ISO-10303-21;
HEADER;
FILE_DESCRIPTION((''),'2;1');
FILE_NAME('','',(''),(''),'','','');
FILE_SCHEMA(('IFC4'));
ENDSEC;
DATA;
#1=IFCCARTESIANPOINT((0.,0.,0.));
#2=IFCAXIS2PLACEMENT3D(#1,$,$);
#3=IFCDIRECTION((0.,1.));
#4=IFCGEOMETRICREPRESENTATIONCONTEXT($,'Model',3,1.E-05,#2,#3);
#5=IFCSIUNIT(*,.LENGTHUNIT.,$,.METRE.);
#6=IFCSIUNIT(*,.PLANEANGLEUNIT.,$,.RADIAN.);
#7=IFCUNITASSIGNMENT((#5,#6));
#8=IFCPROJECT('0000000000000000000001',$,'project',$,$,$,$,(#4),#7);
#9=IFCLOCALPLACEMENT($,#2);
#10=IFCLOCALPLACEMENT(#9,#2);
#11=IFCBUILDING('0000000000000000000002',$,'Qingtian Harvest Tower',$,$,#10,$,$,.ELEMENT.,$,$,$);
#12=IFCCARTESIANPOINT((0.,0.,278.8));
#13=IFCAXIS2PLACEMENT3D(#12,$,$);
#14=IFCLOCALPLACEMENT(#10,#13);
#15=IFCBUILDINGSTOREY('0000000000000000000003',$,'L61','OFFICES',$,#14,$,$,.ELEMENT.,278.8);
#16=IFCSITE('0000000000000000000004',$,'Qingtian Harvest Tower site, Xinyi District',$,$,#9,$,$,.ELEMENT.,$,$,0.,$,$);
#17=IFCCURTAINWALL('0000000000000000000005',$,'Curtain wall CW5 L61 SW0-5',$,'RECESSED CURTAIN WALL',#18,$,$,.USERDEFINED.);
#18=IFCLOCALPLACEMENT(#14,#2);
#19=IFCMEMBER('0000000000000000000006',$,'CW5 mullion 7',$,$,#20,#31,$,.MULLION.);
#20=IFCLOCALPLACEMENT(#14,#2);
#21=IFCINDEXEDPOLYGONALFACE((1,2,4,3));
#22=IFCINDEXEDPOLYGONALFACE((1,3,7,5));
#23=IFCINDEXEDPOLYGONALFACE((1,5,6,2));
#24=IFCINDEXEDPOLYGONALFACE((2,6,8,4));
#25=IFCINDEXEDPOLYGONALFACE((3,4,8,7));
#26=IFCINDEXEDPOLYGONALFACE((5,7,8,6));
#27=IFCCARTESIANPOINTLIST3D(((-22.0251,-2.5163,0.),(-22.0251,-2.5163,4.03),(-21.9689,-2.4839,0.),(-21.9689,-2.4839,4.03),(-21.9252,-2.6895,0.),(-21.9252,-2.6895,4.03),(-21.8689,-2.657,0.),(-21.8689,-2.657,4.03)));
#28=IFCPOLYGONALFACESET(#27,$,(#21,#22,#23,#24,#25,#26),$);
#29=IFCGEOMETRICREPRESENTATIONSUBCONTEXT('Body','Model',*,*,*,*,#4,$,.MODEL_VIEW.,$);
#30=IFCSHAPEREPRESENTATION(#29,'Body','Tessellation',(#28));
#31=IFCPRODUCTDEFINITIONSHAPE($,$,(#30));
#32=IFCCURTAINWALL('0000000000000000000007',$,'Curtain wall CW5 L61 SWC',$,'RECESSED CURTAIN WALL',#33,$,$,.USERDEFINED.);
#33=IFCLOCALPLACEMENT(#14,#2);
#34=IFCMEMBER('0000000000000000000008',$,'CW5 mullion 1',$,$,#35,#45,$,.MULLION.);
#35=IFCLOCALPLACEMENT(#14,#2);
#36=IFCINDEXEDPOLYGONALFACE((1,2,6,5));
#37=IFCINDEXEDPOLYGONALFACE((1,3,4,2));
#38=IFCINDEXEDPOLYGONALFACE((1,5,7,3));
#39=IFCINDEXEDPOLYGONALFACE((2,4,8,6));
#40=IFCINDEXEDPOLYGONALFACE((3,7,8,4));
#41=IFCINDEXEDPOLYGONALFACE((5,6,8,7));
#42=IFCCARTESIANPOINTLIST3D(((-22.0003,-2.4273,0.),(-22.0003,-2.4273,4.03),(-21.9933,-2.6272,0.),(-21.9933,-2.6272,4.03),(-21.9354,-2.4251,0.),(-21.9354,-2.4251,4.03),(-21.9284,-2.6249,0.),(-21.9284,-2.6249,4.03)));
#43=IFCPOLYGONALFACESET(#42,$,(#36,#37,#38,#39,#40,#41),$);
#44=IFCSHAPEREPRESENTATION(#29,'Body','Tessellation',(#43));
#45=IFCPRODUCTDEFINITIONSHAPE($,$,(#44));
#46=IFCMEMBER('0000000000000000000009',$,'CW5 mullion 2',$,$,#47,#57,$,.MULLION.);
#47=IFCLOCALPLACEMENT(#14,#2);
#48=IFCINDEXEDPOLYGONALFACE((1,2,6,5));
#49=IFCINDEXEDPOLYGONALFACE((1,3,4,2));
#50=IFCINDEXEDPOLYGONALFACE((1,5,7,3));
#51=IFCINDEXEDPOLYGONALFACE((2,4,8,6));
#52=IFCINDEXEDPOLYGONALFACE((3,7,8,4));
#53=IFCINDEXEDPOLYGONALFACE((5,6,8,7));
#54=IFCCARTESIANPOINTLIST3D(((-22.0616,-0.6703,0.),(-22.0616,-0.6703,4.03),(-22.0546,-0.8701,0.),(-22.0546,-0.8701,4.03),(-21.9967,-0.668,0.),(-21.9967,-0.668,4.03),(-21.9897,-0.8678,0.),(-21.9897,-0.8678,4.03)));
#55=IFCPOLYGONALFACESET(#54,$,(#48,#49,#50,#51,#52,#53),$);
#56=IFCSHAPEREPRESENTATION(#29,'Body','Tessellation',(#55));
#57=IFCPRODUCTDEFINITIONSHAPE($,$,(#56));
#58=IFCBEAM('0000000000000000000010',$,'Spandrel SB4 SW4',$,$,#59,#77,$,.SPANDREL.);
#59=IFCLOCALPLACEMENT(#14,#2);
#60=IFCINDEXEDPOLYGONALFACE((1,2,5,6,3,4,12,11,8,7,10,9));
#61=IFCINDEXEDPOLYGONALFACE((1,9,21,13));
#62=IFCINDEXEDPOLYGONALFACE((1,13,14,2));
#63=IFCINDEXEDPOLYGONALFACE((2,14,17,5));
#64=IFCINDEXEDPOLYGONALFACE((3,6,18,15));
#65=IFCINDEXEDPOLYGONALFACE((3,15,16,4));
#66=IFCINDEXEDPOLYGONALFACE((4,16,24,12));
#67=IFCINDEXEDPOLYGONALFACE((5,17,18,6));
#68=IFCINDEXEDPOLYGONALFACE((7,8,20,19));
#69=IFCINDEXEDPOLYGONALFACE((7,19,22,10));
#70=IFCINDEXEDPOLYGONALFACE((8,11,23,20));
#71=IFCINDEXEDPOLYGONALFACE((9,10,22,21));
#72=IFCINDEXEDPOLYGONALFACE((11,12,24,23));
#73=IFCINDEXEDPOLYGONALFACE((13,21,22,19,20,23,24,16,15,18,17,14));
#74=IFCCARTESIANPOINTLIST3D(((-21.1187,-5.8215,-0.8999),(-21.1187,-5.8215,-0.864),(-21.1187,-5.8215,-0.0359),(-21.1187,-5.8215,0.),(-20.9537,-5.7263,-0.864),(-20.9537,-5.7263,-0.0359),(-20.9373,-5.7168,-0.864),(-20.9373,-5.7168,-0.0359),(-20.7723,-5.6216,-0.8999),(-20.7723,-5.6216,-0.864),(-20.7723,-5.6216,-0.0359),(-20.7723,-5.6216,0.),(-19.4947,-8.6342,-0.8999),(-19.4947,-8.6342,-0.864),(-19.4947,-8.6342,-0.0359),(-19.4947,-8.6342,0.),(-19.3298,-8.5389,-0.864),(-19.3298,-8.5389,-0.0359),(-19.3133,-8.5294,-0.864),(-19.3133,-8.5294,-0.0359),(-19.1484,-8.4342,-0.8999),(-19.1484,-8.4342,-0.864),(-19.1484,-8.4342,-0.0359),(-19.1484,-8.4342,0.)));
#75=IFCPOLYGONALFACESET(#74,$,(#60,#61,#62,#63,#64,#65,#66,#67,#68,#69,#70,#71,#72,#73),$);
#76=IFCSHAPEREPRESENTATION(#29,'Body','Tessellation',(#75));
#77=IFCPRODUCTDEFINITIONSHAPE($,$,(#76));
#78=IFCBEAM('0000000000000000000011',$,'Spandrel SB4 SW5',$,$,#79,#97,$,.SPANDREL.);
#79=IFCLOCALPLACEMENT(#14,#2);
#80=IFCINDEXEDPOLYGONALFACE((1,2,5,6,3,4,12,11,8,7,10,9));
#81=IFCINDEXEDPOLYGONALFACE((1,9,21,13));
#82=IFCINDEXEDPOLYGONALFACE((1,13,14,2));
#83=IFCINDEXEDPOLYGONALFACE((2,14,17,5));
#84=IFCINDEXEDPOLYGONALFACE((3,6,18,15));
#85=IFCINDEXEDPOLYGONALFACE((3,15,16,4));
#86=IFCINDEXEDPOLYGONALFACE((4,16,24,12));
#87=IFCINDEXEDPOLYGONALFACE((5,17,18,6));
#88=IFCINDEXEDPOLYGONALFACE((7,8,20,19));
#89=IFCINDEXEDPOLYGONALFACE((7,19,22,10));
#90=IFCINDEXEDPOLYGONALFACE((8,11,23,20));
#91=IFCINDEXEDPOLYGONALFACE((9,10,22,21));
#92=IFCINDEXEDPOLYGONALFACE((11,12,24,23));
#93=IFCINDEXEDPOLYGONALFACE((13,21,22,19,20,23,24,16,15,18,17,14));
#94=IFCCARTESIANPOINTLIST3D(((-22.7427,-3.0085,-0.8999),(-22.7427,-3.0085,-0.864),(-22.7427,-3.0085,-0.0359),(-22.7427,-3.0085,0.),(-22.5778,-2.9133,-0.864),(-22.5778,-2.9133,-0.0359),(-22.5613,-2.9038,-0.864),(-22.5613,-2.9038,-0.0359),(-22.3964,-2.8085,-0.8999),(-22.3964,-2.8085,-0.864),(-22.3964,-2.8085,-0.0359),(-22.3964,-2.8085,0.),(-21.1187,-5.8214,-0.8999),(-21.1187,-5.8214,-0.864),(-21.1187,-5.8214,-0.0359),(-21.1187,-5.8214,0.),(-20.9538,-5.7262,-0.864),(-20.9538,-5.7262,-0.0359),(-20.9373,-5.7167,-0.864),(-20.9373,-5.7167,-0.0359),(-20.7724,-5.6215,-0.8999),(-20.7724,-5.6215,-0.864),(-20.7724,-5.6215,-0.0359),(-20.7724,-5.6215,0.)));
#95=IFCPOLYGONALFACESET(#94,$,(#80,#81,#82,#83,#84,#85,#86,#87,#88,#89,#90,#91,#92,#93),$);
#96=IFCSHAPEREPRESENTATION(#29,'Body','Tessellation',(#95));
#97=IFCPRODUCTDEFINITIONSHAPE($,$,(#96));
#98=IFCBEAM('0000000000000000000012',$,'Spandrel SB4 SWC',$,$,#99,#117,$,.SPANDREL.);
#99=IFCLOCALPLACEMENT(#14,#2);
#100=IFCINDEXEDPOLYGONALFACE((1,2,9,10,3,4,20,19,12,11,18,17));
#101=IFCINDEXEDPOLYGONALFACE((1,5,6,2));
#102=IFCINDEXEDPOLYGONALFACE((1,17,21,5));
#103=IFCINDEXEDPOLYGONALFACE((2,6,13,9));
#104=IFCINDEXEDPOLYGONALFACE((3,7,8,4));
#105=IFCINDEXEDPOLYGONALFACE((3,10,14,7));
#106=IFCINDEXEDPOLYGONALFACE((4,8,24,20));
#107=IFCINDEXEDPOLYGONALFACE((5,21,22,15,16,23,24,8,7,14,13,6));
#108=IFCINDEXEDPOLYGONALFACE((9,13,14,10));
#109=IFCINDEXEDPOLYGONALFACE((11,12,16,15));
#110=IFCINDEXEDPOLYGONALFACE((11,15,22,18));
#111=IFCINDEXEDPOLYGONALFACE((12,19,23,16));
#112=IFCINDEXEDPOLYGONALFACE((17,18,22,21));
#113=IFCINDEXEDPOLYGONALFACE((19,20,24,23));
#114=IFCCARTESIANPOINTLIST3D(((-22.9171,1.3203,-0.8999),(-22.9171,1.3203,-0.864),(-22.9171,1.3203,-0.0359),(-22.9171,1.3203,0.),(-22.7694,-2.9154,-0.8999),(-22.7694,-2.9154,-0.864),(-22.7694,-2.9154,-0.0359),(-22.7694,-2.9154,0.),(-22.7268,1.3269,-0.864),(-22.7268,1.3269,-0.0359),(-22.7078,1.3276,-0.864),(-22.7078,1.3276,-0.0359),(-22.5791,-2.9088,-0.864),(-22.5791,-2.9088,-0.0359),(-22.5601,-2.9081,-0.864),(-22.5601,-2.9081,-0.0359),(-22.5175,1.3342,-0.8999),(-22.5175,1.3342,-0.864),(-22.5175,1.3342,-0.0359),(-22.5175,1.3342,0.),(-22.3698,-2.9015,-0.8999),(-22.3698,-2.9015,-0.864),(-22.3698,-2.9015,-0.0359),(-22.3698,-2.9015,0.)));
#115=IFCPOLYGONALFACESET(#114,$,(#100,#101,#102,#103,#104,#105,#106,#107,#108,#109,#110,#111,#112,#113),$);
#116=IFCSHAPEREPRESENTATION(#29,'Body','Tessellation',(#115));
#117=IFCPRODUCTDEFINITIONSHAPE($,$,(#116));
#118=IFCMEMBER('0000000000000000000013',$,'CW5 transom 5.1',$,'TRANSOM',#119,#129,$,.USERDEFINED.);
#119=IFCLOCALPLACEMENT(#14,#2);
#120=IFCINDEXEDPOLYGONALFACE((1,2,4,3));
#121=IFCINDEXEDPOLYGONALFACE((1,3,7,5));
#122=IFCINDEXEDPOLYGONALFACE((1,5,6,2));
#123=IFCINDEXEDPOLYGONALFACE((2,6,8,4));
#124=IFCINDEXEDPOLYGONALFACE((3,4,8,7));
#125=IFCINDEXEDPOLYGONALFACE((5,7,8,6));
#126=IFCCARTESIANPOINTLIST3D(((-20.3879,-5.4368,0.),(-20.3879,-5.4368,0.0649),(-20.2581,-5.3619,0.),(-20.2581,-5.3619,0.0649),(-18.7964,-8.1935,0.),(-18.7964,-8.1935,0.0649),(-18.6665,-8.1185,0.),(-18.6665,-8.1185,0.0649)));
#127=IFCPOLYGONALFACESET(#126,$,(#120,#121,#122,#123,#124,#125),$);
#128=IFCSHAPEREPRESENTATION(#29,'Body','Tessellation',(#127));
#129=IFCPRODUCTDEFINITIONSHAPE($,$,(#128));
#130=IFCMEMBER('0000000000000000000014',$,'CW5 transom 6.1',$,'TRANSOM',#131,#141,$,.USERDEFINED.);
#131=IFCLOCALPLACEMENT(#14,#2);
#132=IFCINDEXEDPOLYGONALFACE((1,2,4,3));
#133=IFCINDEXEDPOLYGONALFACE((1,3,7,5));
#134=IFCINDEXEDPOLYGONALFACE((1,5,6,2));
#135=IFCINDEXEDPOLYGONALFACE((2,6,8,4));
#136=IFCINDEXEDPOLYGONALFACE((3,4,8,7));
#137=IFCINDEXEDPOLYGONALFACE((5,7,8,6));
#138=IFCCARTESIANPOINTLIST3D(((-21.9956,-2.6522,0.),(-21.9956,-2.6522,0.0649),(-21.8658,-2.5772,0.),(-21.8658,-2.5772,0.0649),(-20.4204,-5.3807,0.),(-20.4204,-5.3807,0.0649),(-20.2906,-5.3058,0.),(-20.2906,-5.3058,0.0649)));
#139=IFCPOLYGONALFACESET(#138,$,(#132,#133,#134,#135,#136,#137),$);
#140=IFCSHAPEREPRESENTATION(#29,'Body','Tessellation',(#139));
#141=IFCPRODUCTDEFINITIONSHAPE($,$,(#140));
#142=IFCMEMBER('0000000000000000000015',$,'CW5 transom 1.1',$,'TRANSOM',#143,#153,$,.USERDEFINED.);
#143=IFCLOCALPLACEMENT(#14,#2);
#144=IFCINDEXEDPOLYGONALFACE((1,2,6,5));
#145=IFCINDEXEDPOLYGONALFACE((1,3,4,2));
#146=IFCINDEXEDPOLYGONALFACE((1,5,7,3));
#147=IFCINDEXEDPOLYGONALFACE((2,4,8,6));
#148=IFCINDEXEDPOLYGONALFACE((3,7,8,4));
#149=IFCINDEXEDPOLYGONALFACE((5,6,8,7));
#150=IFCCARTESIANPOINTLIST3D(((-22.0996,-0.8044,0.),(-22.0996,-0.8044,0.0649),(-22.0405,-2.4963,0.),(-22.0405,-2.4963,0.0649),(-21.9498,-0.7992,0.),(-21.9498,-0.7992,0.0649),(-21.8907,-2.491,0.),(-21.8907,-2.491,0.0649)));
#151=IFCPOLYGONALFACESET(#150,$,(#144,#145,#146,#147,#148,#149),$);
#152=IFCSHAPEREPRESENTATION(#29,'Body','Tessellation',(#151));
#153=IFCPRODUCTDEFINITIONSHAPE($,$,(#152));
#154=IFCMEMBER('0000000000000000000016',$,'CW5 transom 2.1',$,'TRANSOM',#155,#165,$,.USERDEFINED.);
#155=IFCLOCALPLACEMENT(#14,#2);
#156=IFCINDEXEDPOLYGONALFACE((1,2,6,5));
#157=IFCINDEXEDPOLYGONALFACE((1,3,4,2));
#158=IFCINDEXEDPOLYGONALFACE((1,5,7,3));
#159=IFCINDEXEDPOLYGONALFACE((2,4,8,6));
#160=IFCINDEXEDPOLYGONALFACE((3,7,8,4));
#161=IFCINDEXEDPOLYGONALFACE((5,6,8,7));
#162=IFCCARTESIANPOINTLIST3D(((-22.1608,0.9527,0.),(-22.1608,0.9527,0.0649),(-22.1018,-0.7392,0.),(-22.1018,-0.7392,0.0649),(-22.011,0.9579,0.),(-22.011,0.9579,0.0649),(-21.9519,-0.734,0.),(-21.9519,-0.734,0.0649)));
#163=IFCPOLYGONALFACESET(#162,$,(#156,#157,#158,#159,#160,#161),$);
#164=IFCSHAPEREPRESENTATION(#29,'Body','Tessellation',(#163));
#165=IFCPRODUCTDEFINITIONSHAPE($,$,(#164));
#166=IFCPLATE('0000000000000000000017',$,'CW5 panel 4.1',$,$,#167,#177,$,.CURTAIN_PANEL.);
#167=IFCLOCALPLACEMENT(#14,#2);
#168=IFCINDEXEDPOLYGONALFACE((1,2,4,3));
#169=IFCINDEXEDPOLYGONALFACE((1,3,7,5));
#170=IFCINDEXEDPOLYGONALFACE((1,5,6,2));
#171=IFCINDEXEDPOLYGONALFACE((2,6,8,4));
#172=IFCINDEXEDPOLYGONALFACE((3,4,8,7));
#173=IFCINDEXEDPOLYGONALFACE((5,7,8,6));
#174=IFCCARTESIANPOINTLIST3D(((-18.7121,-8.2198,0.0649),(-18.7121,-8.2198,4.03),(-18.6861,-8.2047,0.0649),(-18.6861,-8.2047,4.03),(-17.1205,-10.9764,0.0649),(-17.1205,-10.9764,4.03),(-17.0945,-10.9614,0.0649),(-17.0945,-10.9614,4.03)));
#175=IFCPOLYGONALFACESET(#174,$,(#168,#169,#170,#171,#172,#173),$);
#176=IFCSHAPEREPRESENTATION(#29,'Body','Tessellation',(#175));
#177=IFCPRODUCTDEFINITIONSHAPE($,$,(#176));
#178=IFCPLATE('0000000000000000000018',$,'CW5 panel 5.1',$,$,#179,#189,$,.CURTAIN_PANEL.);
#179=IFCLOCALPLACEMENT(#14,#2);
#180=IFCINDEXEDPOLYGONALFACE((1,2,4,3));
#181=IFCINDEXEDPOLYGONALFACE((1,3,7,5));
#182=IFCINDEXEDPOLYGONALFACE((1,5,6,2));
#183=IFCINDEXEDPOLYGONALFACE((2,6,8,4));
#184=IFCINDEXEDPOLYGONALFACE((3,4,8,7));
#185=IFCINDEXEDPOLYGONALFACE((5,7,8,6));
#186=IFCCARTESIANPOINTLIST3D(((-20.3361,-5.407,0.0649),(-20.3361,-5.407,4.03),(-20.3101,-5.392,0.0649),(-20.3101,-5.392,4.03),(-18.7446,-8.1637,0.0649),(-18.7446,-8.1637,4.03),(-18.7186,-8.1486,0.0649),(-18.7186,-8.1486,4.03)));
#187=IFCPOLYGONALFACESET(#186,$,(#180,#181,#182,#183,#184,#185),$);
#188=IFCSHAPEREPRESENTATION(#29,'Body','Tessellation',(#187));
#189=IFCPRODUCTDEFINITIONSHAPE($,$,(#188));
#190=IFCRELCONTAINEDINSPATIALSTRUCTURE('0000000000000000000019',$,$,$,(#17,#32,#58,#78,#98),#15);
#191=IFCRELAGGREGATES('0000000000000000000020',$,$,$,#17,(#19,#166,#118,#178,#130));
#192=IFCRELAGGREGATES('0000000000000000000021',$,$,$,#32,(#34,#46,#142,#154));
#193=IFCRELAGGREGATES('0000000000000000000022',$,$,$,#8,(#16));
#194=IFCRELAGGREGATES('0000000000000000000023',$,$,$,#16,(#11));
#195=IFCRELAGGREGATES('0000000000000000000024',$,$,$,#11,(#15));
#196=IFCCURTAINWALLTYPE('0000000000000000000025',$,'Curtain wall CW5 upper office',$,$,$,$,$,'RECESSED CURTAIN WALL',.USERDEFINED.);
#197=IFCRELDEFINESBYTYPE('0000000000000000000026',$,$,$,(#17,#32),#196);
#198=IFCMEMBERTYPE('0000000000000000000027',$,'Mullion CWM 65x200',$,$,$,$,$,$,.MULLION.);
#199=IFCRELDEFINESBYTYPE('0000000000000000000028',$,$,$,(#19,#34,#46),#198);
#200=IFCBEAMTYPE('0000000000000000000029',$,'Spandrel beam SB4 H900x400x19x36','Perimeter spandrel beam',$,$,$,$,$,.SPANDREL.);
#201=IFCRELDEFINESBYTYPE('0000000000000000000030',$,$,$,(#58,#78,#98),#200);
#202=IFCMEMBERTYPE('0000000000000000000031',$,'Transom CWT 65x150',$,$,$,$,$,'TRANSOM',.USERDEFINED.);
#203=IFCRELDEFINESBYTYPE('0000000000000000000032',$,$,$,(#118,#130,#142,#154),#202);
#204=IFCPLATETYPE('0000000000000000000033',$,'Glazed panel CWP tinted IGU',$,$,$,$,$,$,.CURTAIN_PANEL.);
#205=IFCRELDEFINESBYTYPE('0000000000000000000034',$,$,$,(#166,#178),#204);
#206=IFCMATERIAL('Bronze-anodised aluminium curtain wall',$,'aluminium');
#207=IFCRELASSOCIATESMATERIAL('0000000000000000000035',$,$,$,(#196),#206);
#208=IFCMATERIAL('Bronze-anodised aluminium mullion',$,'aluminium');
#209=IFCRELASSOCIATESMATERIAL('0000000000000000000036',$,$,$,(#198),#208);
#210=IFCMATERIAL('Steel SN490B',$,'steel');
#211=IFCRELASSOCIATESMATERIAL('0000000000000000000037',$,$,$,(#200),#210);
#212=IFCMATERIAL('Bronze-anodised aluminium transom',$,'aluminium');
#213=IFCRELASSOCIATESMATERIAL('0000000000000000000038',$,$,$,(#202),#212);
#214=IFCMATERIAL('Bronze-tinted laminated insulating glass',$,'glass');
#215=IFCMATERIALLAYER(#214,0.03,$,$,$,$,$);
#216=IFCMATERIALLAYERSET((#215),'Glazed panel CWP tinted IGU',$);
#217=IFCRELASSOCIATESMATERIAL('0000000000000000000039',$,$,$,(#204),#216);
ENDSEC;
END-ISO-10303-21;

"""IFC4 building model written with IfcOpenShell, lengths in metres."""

from ifc_helpers import new_model, si_unit, direction, frame, origin, origin_2d, place, context, subcontext, project, spatial, rectangle, i_section, extrude, material, layer, layer_set, material_profile, profile_set, type_object, element, aggregate, save


model = new_model("IFC4")

# Units and contexts
model_context = context("Model", 3, precision=1e-05, world=origin(), true_north=direction((0.0, 1.0)))
body_context = subcontext(model_context, "Body", "Model", "MODEL_VIEW")
ifc_project = project(units=[si_unit("LENGTHUNIT", "METRE"), si_unit("PLANEANGLEUNIT", "RADIAN")], contexts=[model_context])

# Site, building, storey
site_placement = place(None, origin())
site = spatial("IfcSite", under=ifc_project, at=site_placement, Name="Qingtian Harvest Tower site, Xinyi District", CompositionType="ELEMENT", RefElevation=0.0)
building_placement = place(site_placement, origin())
building = spatial("IfcBuilding", under=site, at=building_placement, Name="Qingtian Harvest Tower", CompositionType="ELEMENT")
storey_placement = place(building_placement, frame((0.0, 0.0, 278.8)))
storey = spatial("IfcBuildingStorey", under=building, at=storey_placement, Name="L61", Description="OFFICES", CompositionType="ELEMENT", Elevation=278.8)

# Curtain walls, members
ifc_material_1 = material(Name="Bronze-anodised aluminium curtain wall", Category="aluminium")
curtain_wall_type = type_object("IfcCurtainWallType", Name="Curtain wall CW5 upper office", ElementType="RECESSED CURTAIN WALL", PredefinedType="USERDEFINED", material=ifc_material_1)
curtain_wall_1_placement = place(storey_placement, origin())
curtain_wall_1 = element("IfcCurtainWall", 1, at=curtain_wall_1_placement, inside=storey, type_object=curtain_wall_type, Name="Curtain wall CW5 L61 SW0-5", ObjectType="RECESSED CURTAIN WALL", PredefinedType="USERDEFINED")
ifc_material_2 = material(Name="Bronze-anodised aluminium mullion", Category="aluminium")
ifc_material_profile_1 = material_profile(ifc_material_2, rectangle(XDim=0.0649, YDim=0.2, at=origin_2d()), Name="AL 65x200")
ifc_profile_set_1 = profile_set([ifc_material_profile_1], Name="Bronze-anodised aluminium mullion")
member_type_1 = type_object("IfcMemberType", Name="Mullion CWM 65x200", PredefinedType="MULLION", material=ifc_profile_set_1)
member_1_placement = place(storey_placement, frame((-21.947, -2.5867, 0.0), z_axis=(0.0, 0.0, 1.0), x_axis=(-0.866025, -0.5, 0.0)))
member_1 = element("IfcMember", 2, at=member_1_placement, type_object=member_type_1, Name="CW5 mullion 7", PredefinedType="MULLION", context=body_context, shape_type="SweptSolid", body=[
    extrude(rectangle(XDim=0.0649, YDim=0.2, at=origin_2d()), origin(), (0.0, 0.0, 1.0), 4.03),
])
curtain_wall_2_placement = place(storey_placement, origin())
curtain_wall_2 = element("IfcCurtainWall", 3, at=curtain_wall_2_placement, inside=storey, type_object=curtain_wall_type, Name="Curtain wall CW5 L61 SWC", ObjectType="RECESSED CURTAIN WALL", PredefinedType="USERDEFINED")
member_2_placement = place(storey_placement, frame((-21.9644, -2.5261, 0.0), z_axis=(0.0, 0.0, 1.0), x_axis=(-0.999391, -0.034899, 0.0)))
member_2 = element("IfcMember", 4, at=member_2_placement, type_object=member_type_1, Name="CW5 mullion 1", PredefinedType="MULLION", context=body_context, shape_type="SweptSolid", body=[
    extrude(rectangle(XDim=0.0649, YDim=0.2, at=origin_2d()), origin(), (0.0, 0.0, 1.0), 4.03),
])
member_3_placement = place(storey_placement, frame((-22.0256, -0.769, 0.0), z_axis=(0.0, 0.0, 1.0), x_axis=(-0.999391, -0.034899, 0.0)))
member_3 = element("IfcMember", 5, at=member_3_placement, type_object=member_type_1, Name="CW5 mullion 2", PredefinedType="MULLION", context=body_context, shape_type="SweptSolid", body=[
    extrude(rectangle(XDim=0.0649, YDim=0.2, at=origin_2d()), origin(), (0.0, 0.0, 1.0), 4.03),
])

# Beams
ifc_material_3 = material(Name="Steel SN490B", Category="steel")
ifc_material_profile_2 = material_profile(ifc_material_3, i_section(OverallWidth=0.3999, OverallDepth=0.8999, WebThickness=0.019, FlangeThickness=0.0359, at=origin_2d()), Name="H900x400x19x36")
ifc_profile_set_2 = profile_set([ifc_material_profile_2], Name="Steel SN490B")
beam_type_1 = type_object("IfcBeamType", Name="Spandrel beam SB4 H900x400x19x36", Description="Perimeter spandrel beam", PredefinedType="SPANDREL", material=ifc_profile_set_2)
beam_1_placement = place(storey_placement, frame((-19.3215, -8.5342, -0.45), z_axis=(-0.50002, 0.866014, 0.0), x_axis=(-0.866014, -0.50002, 0.0)))
element("IfcBeam", 6, at=beam_1_placement, inside=storey, type_object=beam_type_1, Name="Spandrel SB4 SW4", PredefinedType="SPANDREL", context=body_context, shape_type="SweptSolid", body=[
    extrude(i_section(OverallWidth=0.3999, OverallDepth=0.8999, WebThickness=0.019, FlangeThickness=0.0359, at=origin_2d()), origin(), (0.0, 0.0, 1.0), 3.2478),
])
beam_2_placement = place(storey_placement, frame((-20.9456, -5.7214, -0.45), z_axis=(-0.499987, 0.866033, 0.0), x_axis=(-0.866033, -0.499987, 0.0)))
element("IfcBeam", 7, at=beam_2_placement, inside=storey, type_object=beam_type_1, Name="Spandrel SB4 SW5", PredefinedType="SPANDREL", context=body_context, shape_type="SweptSolid", body=[
    extrude(i_section(OverallWidth=0.3999, OverallDepth=0.8999, WebThickness=0.019, FlangeThickness=0.0359, at=origin_2d()), origin(), (0.0, 0.0, 1.0), 3.248),
])
beam_3_placement = place(storey_placement, frame((-22.5696, -2.9084, -0.45), z_axis=(-0.034851, 0.999393, 0.0), x_axis=(-0.999393, -0.034851, 0.0)))
element("IfcBeam", 8, at=beam_3_placement, inside=storey, type_object=beam_type_1, Name="Spandrel SB4 SWC", PredefinedType="SPANDREL", context=body_context, shape_type="SweptSolid", body=[
    extrude(i_section(OverallWidth=0.3999, OverallDepth=0.8999, WebThickness=0.019, FlangeThickness=0.0359, at=origin_2d()), origin(), (0.0, 0.0, 1.0), 4.2383),
])

# Members
ifc_material_4 = material(Name="Bronze-anodised aluminium transom", Category="aluminium")
ifc_material_profile_3 = material_profile(ifc_material_4, rectangle(XDim=0.1499, YDim=0.0649, at=origin_2d()), Name="AL 65x150")
ifc_profile_set_3 = profile_set([ifc_material_profile_3], Name="Bronze-anodised aluminium transom")
member_type_2 = type_object("IfcMemberType", Name="Transom CWT 65x150", ElementType="TRANSOM", PredefinedType="USERDEFINED", material=ifc_profile_set_3)
member_4_placement = place(storey_placement, frame((-18.7314, -8.156, 0.0325), z_axis=(-0.500008, 0.866021, 0.0), x_axis=(-0.866021, -0.500008, 0.0)))
member_4 = element("IfcMember", 9, at=member_4_placement, type_object=member_type_2, Name="CW5 transom 5.1", ObjectType="TRANSOM", PredefinedType="USERDEFINED", context=body_context, shape_type="SweptSolid", body=[
    extrude(rectangle(XDim=0.1499, YDim=0.0649, at=origin_2d()), origin(), (0.0, 0.0, 1.0), 3.1831),
])
member_5_placement = place(storey_placement, frame((-20.3555, -5.3433, 0.0325), z_axis=(-0.499973, 0.866041, 0.0), x_axis=(-0.866041, -0.499973, 0.0)))
member_5 = element("IfcMember", 10, at=member_5_placement, type_object=member_type_2, Name="CW5 transom 6.1", ObjectType="TRANSOM", PredefinedType="USERDEFINED", context=body_context, shape_type="SweptSolid", body=[
    extrude(rectangle(XDim=0.1499, YDim=0.0649, at=origin_2d()), origin(), (0.0, 0.0, 1.0), 3.1506),
])
member_6_placement = place(storey_placement, frame((-21.9656, -2.4937, 0.0325), z_axis=(-0.034899, 0.999391, 0.0), x_axis=(-0.999391, -0.034899, 0.0)))
member_6 = element("IfcMember", 11, at=member_6_placement, type_object=member_type_2, Name="CW5 transom 1.1", ObjectType="TRANSOM", PredefinedType="USERDEFINED", context=body_context, shape_type="SweptSolid", body=[
    extrude(rectangle(XDim=0.1499, YDim=0.0649, at=origin_2d()), origin(), (0.0, 0.0, 1.0), 1.6929),
])
member_7_placement = place(storey_placement, frame((-22.0269, -0.7366, 0.0325), z_axis=(-0.034899, 0.999391, 0.0), x_axis=(-0.999391, -0.034899, 0.0)))
member_7 = element("IfcMember", 12, at=member_7_placement, type_object=member_type_2, Name="CW5 transom 2.1", ObjectType="TRANSOM", PredefinedType="USERDEFINED", context=body_context, shape_type="SweptSolid", body=[
    extrude(rectangle(XDim=0.1499, YDim=0.0649, at=origin_2d()), origin(), (0.0, 0.0, 1.0), 1.6929),
])

# Plates
ifc_material_5 = material(Name="Bronze-tinted laminated insulating glass", Category="glass")
ifc_layer_1 = layer(ifc_material_5, 0.03)
ifc_layer_set_1 = layer_set([ifc_layer_1], Name="Glazed panel CWP tinted IGU")
plate_type = type_object("IfcPlateType", Name="Glazed panel CWP tinted IGU", PredefinedType="CURTAIN_PANEL", material=ifc_layer_set_1)
plate_1_placement = place(storey_placement, frame((-17.9033, -9.5906, 0.0649), z_axis=(0.0, 0.0, 1.0), x_axis=(-0.5, 0.866025, 0.0)))
plate_1 = element("IfcPlate", 13, at=plate_1_placement, type_object=plate_type, Name="CW5 panel 4.1", PredefinedType="CURTAIN_PANEL", context=body_context, shape_type="SweptSolid", body=[
    extrude(rectangle(XDim=3.1831, YDim=0.03, at=origin_2d()), origin(), (0.0, 0.0, 1.0), 3.9651),
])
plate_2_placement = place(storey_placement, frame((-19.5273, -6.7778, 0.0649), z_axis=(0.0, 0.0, 1.0), x_axis=(-0.5, 0.866025, 0.0)))
plate_2 = element("IfcPlate", 14, at=plate_2_placement, type_object=plate_type, Name="CW5 panel 5.1", PredefinedType="CURTAIN_PANEL", context=body_context, shape_type="SweptSolid", body=[
    extrude(rectangle(XDim=3.1831, YDim=0.03, at=origin_2d()), origin(), (0.0, 0.0, 1.0), 3.9651),
])
aggregate(curtain_wall_1, [member_1, plate_1, member_4, plate_2, member_5])
aggregate(curtain_wall_2, [member_2, member_3, member_6, member_7])

save(model, "model.ifc")
